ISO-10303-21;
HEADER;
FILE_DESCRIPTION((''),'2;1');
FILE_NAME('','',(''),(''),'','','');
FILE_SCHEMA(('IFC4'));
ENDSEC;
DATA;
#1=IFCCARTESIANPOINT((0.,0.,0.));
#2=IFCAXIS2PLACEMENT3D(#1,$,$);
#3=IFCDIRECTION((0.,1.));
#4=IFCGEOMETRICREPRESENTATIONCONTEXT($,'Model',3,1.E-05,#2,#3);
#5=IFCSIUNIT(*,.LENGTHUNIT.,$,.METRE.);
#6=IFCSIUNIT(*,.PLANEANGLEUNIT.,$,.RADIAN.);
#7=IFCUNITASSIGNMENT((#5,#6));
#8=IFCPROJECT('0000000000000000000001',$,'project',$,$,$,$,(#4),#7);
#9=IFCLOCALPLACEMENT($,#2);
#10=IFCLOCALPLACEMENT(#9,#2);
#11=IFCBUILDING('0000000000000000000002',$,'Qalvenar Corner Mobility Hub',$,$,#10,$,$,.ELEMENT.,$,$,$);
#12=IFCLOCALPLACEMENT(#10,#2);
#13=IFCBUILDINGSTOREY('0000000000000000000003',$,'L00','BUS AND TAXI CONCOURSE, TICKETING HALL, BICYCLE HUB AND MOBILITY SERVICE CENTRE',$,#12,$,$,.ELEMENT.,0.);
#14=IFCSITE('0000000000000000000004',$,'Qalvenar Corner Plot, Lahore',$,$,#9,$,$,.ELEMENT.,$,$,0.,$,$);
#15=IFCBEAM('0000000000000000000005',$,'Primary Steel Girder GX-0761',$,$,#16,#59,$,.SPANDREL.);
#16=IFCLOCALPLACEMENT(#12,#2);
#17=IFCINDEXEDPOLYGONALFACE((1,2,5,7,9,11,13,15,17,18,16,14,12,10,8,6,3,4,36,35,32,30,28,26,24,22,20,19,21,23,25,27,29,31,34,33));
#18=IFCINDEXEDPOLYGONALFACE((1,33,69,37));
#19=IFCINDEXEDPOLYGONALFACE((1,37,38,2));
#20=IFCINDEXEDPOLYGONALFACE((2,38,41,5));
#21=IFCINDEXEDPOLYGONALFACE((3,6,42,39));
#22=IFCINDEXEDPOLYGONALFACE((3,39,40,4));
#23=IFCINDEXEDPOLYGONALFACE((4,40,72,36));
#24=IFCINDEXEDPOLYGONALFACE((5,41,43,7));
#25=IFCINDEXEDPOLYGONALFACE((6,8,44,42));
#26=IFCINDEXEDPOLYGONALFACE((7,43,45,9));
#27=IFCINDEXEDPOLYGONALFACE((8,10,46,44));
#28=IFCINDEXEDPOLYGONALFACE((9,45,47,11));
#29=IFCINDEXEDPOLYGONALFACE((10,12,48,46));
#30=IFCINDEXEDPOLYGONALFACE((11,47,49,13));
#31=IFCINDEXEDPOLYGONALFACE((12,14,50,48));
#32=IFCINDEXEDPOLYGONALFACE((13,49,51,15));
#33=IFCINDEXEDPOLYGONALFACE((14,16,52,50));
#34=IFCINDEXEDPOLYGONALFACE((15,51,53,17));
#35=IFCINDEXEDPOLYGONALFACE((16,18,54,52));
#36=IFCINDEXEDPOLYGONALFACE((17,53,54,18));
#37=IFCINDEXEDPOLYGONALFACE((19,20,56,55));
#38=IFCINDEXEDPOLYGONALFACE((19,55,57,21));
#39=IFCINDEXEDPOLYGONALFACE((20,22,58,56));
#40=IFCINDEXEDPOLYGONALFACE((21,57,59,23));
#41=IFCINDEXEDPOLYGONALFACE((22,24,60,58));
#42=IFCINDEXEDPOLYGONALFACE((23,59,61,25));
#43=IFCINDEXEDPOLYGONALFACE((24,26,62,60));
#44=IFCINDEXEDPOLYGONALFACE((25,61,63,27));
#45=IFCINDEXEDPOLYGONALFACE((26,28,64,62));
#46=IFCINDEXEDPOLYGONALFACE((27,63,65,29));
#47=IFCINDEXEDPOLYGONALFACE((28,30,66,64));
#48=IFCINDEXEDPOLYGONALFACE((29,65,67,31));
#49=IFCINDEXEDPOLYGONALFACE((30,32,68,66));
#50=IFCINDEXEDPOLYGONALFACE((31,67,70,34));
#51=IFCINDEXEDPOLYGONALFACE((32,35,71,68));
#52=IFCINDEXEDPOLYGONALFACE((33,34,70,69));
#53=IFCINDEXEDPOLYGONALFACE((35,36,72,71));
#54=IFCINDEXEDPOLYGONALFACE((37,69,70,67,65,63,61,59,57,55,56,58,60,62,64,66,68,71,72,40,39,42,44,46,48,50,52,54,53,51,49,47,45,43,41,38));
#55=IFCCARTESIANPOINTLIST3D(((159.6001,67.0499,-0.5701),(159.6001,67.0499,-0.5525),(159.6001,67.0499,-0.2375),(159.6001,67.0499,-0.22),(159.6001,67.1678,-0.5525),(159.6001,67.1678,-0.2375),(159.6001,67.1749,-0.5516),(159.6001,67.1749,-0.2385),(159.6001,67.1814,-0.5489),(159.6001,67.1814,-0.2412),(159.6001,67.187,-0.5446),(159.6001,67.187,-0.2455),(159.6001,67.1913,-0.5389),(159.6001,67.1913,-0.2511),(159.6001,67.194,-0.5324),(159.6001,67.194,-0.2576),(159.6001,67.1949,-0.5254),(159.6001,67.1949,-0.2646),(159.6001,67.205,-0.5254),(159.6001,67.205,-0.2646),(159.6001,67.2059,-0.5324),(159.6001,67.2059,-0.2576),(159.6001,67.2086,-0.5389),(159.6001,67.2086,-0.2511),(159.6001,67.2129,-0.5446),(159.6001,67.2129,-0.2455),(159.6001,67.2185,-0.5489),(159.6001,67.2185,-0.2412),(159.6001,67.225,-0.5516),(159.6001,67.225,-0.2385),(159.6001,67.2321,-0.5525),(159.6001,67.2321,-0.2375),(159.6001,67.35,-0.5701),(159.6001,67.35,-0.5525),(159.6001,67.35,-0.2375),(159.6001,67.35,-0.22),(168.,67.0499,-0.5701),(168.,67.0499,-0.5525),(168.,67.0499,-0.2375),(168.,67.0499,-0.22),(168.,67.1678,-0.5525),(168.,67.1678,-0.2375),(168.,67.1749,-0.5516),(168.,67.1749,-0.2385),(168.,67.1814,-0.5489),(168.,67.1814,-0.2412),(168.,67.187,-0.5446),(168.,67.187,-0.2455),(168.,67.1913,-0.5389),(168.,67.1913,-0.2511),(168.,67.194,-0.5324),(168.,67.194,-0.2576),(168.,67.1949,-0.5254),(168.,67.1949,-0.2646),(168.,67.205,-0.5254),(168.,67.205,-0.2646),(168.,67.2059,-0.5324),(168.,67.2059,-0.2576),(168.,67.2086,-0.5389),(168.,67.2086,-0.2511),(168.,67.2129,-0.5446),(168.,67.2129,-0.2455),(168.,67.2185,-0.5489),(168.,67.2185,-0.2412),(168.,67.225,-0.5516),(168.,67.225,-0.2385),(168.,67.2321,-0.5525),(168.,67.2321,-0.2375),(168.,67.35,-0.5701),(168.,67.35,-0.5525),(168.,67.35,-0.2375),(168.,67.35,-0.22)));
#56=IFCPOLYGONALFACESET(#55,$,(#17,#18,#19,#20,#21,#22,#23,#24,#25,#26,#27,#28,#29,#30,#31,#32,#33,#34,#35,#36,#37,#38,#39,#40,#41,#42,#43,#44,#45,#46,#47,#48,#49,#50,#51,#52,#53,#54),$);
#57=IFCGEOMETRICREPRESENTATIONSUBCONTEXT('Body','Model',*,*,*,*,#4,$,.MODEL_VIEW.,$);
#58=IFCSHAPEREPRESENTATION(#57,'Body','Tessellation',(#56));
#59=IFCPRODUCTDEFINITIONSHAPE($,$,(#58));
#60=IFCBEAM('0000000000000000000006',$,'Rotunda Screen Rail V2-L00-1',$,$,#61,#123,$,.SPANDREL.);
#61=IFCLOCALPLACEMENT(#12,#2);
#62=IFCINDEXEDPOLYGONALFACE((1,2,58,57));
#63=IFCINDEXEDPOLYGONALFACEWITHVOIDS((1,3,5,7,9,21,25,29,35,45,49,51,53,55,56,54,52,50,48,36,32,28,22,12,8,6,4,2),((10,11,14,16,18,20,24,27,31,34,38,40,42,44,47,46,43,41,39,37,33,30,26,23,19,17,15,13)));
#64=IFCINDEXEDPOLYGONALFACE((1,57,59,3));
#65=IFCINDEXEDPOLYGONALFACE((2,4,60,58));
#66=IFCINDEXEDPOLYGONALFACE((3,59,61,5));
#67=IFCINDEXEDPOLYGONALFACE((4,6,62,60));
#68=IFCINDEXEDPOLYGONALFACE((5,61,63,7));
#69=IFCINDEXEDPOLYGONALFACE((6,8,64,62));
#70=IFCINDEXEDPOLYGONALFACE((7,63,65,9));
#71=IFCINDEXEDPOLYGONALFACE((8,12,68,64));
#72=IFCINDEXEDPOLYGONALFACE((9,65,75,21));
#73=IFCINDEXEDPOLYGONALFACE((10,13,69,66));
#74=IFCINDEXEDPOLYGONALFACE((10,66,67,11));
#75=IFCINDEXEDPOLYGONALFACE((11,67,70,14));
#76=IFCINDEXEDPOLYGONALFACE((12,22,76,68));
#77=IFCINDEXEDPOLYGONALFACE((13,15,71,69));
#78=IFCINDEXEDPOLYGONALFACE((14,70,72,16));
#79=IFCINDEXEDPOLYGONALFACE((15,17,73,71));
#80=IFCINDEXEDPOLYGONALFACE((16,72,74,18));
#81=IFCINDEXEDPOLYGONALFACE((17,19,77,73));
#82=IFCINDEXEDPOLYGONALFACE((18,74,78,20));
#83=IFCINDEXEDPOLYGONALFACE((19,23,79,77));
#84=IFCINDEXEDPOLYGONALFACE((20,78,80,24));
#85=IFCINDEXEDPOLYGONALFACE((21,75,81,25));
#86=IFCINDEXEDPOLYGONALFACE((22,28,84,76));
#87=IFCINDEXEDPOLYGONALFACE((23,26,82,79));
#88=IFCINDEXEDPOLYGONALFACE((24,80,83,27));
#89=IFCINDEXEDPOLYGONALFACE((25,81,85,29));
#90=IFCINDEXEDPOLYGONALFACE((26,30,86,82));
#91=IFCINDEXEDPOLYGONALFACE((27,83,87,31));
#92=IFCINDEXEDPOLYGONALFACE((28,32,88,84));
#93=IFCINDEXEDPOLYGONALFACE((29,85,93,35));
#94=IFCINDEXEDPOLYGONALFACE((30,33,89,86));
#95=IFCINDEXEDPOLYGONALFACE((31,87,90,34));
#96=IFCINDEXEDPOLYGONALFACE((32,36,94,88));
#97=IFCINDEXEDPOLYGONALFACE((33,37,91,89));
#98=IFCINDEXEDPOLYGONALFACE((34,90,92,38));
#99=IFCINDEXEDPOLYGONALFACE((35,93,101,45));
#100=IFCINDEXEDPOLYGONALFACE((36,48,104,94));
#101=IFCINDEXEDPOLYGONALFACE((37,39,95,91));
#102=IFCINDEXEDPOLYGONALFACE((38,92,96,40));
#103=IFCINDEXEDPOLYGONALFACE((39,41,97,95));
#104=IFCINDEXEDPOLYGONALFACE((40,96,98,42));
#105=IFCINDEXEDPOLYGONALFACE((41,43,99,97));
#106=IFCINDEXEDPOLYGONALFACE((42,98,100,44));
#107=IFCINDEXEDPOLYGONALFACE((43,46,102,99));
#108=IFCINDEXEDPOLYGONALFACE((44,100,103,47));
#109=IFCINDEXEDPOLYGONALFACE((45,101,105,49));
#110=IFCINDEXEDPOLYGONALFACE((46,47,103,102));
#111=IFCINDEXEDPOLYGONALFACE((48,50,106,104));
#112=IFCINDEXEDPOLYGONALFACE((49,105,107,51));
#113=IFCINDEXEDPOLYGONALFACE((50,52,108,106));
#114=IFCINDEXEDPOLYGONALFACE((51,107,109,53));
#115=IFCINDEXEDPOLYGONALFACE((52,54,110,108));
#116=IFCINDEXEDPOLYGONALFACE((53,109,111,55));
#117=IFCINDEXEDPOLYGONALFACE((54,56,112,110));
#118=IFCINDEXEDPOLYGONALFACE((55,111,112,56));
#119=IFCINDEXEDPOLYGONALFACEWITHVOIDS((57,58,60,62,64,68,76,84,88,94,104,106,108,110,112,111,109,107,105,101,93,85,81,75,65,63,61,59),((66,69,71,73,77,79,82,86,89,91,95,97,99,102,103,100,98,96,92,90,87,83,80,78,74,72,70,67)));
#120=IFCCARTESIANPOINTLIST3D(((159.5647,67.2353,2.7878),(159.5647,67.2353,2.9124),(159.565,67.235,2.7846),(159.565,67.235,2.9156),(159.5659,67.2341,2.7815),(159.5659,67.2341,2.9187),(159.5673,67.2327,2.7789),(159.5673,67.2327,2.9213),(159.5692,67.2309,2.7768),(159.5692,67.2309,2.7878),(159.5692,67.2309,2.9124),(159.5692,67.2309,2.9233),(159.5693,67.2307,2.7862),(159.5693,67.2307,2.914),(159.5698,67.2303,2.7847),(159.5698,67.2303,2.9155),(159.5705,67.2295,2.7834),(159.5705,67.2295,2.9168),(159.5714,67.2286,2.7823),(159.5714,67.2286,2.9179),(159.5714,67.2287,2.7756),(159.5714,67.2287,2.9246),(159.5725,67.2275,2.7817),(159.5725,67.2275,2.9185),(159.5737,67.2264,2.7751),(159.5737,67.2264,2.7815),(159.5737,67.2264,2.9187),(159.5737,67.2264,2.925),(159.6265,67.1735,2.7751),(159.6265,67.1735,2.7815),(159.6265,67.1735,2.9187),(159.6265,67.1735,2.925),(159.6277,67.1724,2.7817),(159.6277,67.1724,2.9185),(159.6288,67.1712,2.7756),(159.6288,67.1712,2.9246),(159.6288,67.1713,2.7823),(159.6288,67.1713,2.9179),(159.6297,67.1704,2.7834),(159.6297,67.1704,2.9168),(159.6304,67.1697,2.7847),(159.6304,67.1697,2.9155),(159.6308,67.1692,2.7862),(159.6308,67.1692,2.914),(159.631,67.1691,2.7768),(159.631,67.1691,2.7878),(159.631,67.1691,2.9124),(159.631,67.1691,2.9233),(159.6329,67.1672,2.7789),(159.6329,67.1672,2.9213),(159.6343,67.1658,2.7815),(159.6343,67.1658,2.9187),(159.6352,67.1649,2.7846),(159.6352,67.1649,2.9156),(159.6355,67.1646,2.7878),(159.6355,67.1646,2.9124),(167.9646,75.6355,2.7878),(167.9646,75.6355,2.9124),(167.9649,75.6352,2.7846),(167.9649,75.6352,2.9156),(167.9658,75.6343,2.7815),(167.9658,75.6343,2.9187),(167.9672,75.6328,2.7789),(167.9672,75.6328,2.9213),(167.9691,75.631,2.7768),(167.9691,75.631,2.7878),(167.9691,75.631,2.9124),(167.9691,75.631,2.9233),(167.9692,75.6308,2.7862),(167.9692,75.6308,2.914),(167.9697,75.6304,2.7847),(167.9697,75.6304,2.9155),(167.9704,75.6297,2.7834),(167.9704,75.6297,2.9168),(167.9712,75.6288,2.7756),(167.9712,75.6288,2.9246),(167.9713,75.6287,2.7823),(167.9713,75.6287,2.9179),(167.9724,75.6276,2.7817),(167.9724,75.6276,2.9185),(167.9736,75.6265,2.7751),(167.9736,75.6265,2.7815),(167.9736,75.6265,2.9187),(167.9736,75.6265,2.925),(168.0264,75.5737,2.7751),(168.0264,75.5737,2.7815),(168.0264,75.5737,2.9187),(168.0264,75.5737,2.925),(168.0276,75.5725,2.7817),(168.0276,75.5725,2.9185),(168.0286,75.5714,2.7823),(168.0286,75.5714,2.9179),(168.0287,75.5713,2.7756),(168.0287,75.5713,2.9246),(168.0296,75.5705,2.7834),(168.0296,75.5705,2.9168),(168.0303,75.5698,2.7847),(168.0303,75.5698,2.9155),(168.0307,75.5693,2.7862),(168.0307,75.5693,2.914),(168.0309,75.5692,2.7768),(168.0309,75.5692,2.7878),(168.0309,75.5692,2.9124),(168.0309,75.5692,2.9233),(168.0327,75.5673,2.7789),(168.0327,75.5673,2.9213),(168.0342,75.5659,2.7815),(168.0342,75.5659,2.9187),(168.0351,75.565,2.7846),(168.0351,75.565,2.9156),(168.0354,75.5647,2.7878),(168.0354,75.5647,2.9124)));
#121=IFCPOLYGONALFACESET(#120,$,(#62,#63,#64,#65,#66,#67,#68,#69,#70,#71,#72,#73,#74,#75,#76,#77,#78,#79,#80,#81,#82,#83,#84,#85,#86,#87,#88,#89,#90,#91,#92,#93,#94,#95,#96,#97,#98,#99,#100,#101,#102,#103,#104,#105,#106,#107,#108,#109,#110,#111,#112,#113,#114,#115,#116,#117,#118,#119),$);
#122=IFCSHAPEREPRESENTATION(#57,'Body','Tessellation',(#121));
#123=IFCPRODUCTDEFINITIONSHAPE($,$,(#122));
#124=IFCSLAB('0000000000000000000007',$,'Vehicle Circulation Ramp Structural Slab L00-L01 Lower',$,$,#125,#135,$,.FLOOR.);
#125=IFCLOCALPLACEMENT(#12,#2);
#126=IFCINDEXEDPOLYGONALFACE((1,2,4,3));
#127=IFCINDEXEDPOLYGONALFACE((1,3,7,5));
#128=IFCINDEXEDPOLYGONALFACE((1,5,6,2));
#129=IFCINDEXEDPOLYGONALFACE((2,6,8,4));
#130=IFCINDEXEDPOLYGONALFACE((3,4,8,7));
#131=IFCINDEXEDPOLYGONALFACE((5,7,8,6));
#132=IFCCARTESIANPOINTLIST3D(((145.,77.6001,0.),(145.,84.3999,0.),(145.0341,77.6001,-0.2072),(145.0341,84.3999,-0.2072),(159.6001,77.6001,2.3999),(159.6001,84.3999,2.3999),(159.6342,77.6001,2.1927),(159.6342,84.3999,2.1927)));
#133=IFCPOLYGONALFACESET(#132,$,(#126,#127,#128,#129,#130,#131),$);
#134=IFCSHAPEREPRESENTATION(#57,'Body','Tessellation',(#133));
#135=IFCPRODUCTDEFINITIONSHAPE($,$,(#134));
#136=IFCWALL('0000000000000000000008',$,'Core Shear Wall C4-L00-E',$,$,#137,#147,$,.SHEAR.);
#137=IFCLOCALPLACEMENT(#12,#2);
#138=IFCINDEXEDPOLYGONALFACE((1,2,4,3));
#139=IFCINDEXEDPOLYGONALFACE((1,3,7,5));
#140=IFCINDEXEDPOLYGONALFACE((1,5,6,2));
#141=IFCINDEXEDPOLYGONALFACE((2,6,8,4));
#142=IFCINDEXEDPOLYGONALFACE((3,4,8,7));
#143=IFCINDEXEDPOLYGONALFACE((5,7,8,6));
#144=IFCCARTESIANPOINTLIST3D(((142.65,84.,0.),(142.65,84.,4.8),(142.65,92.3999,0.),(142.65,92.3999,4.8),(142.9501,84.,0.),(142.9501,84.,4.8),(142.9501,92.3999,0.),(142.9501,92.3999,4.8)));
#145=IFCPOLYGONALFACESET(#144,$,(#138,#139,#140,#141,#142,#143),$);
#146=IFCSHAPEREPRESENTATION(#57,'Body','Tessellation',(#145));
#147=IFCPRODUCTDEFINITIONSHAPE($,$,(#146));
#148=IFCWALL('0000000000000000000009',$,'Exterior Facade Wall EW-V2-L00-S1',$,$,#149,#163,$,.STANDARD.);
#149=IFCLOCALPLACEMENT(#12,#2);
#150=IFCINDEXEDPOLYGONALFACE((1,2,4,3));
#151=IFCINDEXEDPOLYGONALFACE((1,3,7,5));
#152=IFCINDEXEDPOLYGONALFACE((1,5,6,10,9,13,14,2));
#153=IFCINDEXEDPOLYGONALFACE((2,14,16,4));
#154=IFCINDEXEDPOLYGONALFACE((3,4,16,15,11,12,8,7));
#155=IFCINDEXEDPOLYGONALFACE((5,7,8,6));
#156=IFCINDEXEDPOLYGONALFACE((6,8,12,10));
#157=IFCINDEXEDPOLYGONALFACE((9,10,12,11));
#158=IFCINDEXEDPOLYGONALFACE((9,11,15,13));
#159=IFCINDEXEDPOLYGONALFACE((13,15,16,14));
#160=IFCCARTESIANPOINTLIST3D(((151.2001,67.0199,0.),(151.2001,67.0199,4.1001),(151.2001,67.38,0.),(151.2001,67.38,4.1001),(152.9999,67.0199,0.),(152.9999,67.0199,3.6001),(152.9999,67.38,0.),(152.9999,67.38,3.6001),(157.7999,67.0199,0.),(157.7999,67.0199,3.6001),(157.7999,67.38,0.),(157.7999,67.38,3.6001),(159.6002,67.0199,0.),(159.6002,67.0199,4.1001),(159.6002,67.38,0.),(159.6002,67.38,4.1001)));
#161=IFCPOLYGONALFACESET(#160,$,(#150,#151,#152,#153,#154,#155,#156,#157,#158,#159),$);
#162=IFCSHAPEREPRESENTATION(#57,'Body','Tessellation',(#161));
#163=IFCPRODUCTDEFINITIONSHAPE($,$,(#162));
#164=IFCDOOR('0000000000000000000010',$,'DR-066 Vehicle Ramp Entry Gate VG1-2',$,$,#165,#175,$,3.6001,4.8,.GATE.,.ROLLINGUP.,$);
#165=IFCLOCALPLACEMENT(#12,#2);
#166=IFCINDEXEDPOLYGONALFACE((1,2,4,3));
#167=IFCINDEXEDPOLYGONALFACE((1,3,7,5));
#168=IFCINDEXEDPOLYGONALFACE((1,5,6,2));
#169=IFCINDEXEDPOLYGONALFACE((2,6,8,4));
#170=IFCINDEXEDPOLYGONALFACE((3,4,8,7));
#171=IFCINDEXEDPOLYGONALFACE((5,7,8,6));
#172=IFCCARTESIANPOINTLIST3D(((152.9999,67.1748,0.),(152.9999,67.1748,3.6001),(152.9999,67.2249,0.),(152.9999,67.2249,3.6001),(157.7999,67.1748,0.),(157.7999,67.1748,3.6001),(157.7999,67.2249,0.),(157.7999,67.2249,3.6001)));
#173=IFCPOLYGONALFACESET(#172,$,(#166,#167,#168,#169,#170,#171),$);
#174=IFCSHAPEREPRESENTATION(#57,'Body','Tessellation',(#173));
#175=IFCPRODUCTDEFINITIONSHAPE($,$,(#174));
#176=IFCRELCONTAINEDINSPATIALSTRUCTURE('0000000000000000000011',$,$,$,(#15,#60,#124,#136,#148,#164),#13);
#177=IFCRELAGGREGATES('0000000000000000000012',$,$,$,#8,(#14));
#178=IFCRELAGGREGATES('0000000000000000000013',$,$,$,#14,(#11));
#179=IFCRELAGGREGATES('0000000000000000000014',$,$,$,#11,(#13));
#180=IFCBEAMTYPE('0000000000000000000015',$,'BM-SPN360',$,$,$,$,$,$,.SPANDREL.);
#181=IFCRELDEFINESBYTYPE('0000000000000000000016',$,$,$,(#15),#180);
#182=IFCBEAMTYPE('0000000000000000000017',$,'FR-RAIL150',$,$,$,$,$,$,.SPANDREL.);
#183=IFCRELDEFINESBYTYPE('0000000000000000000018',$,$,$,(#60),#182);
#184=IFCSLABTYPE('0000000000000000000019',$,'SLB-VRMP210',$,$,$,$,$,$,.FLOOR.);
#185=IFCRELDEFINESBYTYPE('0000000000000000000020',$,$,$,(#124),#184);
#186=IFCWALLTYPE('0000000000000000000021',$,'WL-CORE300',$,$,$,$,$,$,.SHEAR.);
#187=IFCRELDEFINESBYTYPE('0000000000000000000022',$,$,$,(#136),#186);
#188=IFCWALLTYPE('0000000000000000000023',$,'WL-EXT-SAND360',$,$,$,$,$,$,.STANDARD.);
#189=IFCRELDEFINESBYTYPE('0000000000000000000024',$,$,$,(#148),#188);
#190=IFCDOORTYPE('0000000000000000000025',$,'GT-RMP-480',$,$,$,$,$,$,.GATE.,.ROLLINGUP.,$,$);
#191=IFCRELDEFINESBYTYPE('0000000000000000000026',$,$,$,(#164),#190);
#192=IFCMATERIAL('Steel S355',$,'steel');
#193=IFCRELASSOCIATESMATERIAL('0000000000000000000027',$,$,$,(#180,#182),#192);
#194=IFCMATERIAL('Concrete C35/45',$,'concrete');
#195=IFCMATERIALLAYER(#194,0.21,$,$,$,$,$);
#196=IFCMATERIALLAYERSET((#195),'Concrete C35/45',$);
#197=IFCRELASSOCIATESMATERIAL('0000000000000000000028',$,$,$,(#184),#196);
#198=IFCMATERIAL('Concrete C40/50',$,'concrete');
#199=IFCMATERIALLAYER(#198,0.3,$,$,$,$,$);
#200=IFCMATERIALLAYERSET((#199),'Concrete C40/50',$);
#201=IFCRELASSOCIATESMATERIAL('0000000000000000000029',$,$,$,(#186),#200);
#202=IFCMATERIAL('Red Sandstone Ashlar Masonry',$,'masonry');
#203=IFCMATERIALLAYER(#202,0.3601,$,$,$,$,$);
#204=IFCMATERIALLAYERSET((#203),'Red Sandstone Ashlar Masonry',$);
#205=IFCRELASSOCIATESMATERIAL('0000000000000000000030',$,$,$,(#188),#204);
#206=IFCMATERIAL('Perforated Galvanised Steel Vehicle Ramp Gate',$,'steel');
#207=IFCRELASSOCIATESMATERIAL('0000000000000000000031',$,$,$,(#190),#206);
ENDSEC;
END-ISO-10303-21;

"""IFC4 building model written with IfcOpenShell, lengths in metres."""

from ifc_helpers import new_model, si_unit, direction, frame, frame_2d, origin, origin_2d, place, context, subcontext, project, spatial, polyline, rectangle, hollow_rectangle, i_section, outline, extrude, material, layer, layer_set, material_profile, profile_set, type_object, element, fill, save


model = new_model("IFC4")

# Units and contexts
model_context = context("Model", 3, precision=1e-05, world=origin(), true_north=direction((0.0, 1.0)))
body_context = subcontext(model_context, "Body", "Model", "MODEL_VIEW")
ifc_project = project(units=[si_unit("LENGTHUNIT", "METRE"), si_unit("PLANEANGLEUNIT", "RADIAN")], contexts=[model_context])

# Site, building, storey
site_placement = place(None, origin())
site = spatial("IfcSite", under=ifc_project, at=site_placement, Name="Qalvenar Corner Plot, Lahore", CompositionType="ELEMENT", RefElevation=0.0)
building_placement = place(site_placement, origin())
building = spatial("IfcBuilding", under=site, at=building_placement, Name="Qalvenar Corner Mobility Hub", CompositionType="ELEMENT")
storey_placement = place(building_placement, origin())
storey = spatial("IfcBuildingStorey", under=building, at=storey_placement, Name="L00", Description="BUS AND TAXI CONCOURSE, TICKETING HALL, BICYCLE HUB AND MOBILITY SERVICE CENTRE", CompositionType="ELEMENT", Elevation=0.0)

# Shared definitions
ifc_material_1 = material(Name="Steel S355", Category="steel")

# Beams
ifc_material_profile_1 = material_profile(ifc_material_1, i_section(OverallWidth=0.3, OverallDepth=0.3501, WebThickness=0.01, FlangeThickness=0.0176, FilletRadius=0.0271, at=origin_2d()), Name="HEA360")
ifc_profile_set_1 = profile_set([ifc_material_profile_1], Name="Steel S355")
beam_type_1 = type_object("IfcBeamType", Name="BM-SPN360", PredefinedType="SPANDREL", material=ifc_profile_set_1)
beam_1_placement = place(storey_placement, frame((159.6001, 67.2, -0.395), z_axis=(1.0, 0.0, 0.0), x_axis=(0.0, 1.0, 0.0)))
element("IfcBeam", 1, at=beam_1_placement, inside=storey, type_object=beam_type_1, Name="Primary Steel Girder GX-0761", PredefinedType="SPANDREL", context=body_context, shape_type="SweptSolid", body=[
    extrude(i_section(OverallWidth=0.3, OverallDepth=0.3501, WebThickness=0.01, FlangeThickness=0.0176, FilletRadius=0.0271, at=origin_2d()), origin(), (0.0, 0.0, 1.0), 8.3999),
])
ifc_material_profile_2 = material_profile(ifc_material_1, hollow_rectangle(XDim=0.1001, YDim=0.1499, WallThickness=0.0063, InnerFilletRadius=0.0063, OuterFilletRadius=0.0127, at=origin_2d()), Name="RHS150x100x6.3")
ifc_profile_set_2 = profile_set([ifc_material_profile_2], Name="Steel S355")
beam_type_2 = type_object("IfcBeamType", Name="FR-RAIL150", PredefinedType="SPANDREL", material=ifc_profile_set_2)
beam_2_placement = place(storey_placement, frame((159.6001, 67.2, 2.8501), z_axis=(0.707097, 0.707117, 0.0), x_axis=(-0.707117, 0.707097, 0.0)))
element("IfcBeam", 2, at=beam_2_placement, inside=storey, type_object=beam_type_2, Name="Rotunda Screen Rail V2-L00-1", PredefinedType="SPANDREL", context=body_context, shape_type="SweptSolid", body=[
    extrude(hollow_rectangle(XDim=0.1001, YDim=0.1499, WallThickness=0.0063, InnerFilletRadius=0.0063, OuterFilletRadius=0.0127, at=origin_2d()), origin(), (0.0, 0.0, 1.0), 11.8794),
])

# Slab
ifc_material_2 = material(Name="Concrete C35/45", Category="concrete")
ifc_layer_1 = layer(ifc_material_2, 0.21)
ifc_layer_set_1 = layer_set([ifc_layer_1], Name="Concrete C35/45")
slab_type = type_object("IfcSlabType", Name="SLB-VRMP210", PredefinedType="FLOOR", material=ifc_layer_set_1)
slab_placement = place(storey_placement, frame((145.0, 77.6001, 0.0), z_axis=(-0.162199, 0.0, 0.986758), x_axis=(0.986758, 0.0, 0.162199)))
element("IfcSlab", 3, at=slab_placement, inside=storey, type_object=slab_type, Name="Vehicle Circulation Ramp Structural Slab L00-L01 Lower", PredefinedType="FLOOR", context=body_context, shape_type="SweptSolid", body=[
    extrude(outline(polyline([(0.0, 0.0), (14.796, 0.0), (14.796, 6.7998), (0.0, 6.7998), (0.0, 0.0)])), origin(), (0.0, 0.0, -1.0), 0.21),
])

# Wall
ifc_material_3 = material(Name="Concrete C40/50", Category="concrete")
ifc_layer_2 = layer(ifc_material_3, 0.3)
ifc_layer_set_2 = layer_set([ifc_layer_2], Name="Concrete C40/50")
wall_type_1 = type_object("IfcWallType", Name="WL-CORE300", PredefinedType="SHEAR", material=ifc_layer_set_2)
wall_1_placement = place(storey_placement, frame((142.8, 84.0, 0.0), z_axis=(0.0, 0.0, 1.0), x_axis=(0.0, 1.0, 0.0)))
element("IfcWall", 4, at=wall_1_placement, inside=storey, type_object=wall_type_1, Name="Core Shear Wall C4-L00-E", PredefinedType="SHEAR", context=body_context, shape_type="SweptSolid", body=[
    extrude(rectangle(XDim=8.3999, YDim=0.3, at=frame_2d((4.2, 0.0))), origin(), (0.0, 0.0, 1.0), 4.8),
])

# Wall, opening, door
ifc_material_4 = material(Name="Red Sandstone Ashlar Masonry", Category="masonry")
ifc_layer_3 = layer(ifc_material_4, 0.3601)
ifc_layer_set_3 = layer_set([ifc_layer_3], Name="Red Sandstone Ashlar Masonry")
wall_type_2 = type_object("IfcWallType", Name="WL-EXT-SAND360", PredefinedType="STANDARD", material=ifc_layer_set_3)
wall_2_placement = place(storey_placement, frame((151.2, 67.2, 0.0), z_axis=(0.0, 0.0, 1.0), x_axis=(1.0, 0.0, 0.0)))
wall_2 = element("IfcWall", 5, at=wall_2_placement, inside=storey, type_object=wall_type_2, Name="Exterior Facade Wall EW-V2-L00-S1", PredefinedType="STANDARD", context=body_context, shape_type="SweptSolid", body=[
    extrude(rectangle(XDim=8.4001, YDim=0.3601, at=frame_2d((4.2002, 0.0))), origin(), (0.0, 0.0, 1.0), 4.1001),
])
opening_placement = place(wall_2_placement, frame((1.8, 0.0, 0.0)))
opening = element("IfcOpeningElement", 6, at=opening_placement, cuts=wall_2, PredefinedType="OPENING", context=body_context, shape_type="SweptSolid", body=[
    extrude(rectangle(XDim=4.8, YDim=3.6001, at=frame_2d((2.3999, 1.8))), frame((0.0, 0.1899, 0.0), z_axis=(0.0, -1.0, 0.0), x_axis=(1.0, 0.0, 0.0)), (0.0, 0.0, 1.0), 0.3801),
])
ifc_material_5 = material(Name="Perforated Galvanised Steel Vehicle Ramp Gate", Category="steel")
door_type = type_object("IfcDoorType", Name="GT-RMP-480", OperationType="ROLLINGUP", PredefinedType="GATE", material=ifc_material_5)
door_placement = place(opening_placement, origin())
door = element("IfcDoor", 7, at=door_placement, inside=storey, type_object=door_type, Name="DR-066 Vehicle Ramp Entry Gate VG1-2", OperationType="ROLLINGUP", OverallHeight=3.6001, OverallWidth=4.8, PredefinedType="GATE", context=body_context, shape_type="SweptSolid", body=[
    extrude(rectangle(XDim=4.8, YDim=3.6001, at=frame_2d((2.3999, 1.8))), frame((0.0, 0.0249, 0.0), z_axis=(0.0, -1.0, 0.0), x_axis=(1.0, 0.0, 0.0)), (0.0, 0.0, 1.0), 0.05),
])
fill(opening, door)

save(model, "model.ifc")
